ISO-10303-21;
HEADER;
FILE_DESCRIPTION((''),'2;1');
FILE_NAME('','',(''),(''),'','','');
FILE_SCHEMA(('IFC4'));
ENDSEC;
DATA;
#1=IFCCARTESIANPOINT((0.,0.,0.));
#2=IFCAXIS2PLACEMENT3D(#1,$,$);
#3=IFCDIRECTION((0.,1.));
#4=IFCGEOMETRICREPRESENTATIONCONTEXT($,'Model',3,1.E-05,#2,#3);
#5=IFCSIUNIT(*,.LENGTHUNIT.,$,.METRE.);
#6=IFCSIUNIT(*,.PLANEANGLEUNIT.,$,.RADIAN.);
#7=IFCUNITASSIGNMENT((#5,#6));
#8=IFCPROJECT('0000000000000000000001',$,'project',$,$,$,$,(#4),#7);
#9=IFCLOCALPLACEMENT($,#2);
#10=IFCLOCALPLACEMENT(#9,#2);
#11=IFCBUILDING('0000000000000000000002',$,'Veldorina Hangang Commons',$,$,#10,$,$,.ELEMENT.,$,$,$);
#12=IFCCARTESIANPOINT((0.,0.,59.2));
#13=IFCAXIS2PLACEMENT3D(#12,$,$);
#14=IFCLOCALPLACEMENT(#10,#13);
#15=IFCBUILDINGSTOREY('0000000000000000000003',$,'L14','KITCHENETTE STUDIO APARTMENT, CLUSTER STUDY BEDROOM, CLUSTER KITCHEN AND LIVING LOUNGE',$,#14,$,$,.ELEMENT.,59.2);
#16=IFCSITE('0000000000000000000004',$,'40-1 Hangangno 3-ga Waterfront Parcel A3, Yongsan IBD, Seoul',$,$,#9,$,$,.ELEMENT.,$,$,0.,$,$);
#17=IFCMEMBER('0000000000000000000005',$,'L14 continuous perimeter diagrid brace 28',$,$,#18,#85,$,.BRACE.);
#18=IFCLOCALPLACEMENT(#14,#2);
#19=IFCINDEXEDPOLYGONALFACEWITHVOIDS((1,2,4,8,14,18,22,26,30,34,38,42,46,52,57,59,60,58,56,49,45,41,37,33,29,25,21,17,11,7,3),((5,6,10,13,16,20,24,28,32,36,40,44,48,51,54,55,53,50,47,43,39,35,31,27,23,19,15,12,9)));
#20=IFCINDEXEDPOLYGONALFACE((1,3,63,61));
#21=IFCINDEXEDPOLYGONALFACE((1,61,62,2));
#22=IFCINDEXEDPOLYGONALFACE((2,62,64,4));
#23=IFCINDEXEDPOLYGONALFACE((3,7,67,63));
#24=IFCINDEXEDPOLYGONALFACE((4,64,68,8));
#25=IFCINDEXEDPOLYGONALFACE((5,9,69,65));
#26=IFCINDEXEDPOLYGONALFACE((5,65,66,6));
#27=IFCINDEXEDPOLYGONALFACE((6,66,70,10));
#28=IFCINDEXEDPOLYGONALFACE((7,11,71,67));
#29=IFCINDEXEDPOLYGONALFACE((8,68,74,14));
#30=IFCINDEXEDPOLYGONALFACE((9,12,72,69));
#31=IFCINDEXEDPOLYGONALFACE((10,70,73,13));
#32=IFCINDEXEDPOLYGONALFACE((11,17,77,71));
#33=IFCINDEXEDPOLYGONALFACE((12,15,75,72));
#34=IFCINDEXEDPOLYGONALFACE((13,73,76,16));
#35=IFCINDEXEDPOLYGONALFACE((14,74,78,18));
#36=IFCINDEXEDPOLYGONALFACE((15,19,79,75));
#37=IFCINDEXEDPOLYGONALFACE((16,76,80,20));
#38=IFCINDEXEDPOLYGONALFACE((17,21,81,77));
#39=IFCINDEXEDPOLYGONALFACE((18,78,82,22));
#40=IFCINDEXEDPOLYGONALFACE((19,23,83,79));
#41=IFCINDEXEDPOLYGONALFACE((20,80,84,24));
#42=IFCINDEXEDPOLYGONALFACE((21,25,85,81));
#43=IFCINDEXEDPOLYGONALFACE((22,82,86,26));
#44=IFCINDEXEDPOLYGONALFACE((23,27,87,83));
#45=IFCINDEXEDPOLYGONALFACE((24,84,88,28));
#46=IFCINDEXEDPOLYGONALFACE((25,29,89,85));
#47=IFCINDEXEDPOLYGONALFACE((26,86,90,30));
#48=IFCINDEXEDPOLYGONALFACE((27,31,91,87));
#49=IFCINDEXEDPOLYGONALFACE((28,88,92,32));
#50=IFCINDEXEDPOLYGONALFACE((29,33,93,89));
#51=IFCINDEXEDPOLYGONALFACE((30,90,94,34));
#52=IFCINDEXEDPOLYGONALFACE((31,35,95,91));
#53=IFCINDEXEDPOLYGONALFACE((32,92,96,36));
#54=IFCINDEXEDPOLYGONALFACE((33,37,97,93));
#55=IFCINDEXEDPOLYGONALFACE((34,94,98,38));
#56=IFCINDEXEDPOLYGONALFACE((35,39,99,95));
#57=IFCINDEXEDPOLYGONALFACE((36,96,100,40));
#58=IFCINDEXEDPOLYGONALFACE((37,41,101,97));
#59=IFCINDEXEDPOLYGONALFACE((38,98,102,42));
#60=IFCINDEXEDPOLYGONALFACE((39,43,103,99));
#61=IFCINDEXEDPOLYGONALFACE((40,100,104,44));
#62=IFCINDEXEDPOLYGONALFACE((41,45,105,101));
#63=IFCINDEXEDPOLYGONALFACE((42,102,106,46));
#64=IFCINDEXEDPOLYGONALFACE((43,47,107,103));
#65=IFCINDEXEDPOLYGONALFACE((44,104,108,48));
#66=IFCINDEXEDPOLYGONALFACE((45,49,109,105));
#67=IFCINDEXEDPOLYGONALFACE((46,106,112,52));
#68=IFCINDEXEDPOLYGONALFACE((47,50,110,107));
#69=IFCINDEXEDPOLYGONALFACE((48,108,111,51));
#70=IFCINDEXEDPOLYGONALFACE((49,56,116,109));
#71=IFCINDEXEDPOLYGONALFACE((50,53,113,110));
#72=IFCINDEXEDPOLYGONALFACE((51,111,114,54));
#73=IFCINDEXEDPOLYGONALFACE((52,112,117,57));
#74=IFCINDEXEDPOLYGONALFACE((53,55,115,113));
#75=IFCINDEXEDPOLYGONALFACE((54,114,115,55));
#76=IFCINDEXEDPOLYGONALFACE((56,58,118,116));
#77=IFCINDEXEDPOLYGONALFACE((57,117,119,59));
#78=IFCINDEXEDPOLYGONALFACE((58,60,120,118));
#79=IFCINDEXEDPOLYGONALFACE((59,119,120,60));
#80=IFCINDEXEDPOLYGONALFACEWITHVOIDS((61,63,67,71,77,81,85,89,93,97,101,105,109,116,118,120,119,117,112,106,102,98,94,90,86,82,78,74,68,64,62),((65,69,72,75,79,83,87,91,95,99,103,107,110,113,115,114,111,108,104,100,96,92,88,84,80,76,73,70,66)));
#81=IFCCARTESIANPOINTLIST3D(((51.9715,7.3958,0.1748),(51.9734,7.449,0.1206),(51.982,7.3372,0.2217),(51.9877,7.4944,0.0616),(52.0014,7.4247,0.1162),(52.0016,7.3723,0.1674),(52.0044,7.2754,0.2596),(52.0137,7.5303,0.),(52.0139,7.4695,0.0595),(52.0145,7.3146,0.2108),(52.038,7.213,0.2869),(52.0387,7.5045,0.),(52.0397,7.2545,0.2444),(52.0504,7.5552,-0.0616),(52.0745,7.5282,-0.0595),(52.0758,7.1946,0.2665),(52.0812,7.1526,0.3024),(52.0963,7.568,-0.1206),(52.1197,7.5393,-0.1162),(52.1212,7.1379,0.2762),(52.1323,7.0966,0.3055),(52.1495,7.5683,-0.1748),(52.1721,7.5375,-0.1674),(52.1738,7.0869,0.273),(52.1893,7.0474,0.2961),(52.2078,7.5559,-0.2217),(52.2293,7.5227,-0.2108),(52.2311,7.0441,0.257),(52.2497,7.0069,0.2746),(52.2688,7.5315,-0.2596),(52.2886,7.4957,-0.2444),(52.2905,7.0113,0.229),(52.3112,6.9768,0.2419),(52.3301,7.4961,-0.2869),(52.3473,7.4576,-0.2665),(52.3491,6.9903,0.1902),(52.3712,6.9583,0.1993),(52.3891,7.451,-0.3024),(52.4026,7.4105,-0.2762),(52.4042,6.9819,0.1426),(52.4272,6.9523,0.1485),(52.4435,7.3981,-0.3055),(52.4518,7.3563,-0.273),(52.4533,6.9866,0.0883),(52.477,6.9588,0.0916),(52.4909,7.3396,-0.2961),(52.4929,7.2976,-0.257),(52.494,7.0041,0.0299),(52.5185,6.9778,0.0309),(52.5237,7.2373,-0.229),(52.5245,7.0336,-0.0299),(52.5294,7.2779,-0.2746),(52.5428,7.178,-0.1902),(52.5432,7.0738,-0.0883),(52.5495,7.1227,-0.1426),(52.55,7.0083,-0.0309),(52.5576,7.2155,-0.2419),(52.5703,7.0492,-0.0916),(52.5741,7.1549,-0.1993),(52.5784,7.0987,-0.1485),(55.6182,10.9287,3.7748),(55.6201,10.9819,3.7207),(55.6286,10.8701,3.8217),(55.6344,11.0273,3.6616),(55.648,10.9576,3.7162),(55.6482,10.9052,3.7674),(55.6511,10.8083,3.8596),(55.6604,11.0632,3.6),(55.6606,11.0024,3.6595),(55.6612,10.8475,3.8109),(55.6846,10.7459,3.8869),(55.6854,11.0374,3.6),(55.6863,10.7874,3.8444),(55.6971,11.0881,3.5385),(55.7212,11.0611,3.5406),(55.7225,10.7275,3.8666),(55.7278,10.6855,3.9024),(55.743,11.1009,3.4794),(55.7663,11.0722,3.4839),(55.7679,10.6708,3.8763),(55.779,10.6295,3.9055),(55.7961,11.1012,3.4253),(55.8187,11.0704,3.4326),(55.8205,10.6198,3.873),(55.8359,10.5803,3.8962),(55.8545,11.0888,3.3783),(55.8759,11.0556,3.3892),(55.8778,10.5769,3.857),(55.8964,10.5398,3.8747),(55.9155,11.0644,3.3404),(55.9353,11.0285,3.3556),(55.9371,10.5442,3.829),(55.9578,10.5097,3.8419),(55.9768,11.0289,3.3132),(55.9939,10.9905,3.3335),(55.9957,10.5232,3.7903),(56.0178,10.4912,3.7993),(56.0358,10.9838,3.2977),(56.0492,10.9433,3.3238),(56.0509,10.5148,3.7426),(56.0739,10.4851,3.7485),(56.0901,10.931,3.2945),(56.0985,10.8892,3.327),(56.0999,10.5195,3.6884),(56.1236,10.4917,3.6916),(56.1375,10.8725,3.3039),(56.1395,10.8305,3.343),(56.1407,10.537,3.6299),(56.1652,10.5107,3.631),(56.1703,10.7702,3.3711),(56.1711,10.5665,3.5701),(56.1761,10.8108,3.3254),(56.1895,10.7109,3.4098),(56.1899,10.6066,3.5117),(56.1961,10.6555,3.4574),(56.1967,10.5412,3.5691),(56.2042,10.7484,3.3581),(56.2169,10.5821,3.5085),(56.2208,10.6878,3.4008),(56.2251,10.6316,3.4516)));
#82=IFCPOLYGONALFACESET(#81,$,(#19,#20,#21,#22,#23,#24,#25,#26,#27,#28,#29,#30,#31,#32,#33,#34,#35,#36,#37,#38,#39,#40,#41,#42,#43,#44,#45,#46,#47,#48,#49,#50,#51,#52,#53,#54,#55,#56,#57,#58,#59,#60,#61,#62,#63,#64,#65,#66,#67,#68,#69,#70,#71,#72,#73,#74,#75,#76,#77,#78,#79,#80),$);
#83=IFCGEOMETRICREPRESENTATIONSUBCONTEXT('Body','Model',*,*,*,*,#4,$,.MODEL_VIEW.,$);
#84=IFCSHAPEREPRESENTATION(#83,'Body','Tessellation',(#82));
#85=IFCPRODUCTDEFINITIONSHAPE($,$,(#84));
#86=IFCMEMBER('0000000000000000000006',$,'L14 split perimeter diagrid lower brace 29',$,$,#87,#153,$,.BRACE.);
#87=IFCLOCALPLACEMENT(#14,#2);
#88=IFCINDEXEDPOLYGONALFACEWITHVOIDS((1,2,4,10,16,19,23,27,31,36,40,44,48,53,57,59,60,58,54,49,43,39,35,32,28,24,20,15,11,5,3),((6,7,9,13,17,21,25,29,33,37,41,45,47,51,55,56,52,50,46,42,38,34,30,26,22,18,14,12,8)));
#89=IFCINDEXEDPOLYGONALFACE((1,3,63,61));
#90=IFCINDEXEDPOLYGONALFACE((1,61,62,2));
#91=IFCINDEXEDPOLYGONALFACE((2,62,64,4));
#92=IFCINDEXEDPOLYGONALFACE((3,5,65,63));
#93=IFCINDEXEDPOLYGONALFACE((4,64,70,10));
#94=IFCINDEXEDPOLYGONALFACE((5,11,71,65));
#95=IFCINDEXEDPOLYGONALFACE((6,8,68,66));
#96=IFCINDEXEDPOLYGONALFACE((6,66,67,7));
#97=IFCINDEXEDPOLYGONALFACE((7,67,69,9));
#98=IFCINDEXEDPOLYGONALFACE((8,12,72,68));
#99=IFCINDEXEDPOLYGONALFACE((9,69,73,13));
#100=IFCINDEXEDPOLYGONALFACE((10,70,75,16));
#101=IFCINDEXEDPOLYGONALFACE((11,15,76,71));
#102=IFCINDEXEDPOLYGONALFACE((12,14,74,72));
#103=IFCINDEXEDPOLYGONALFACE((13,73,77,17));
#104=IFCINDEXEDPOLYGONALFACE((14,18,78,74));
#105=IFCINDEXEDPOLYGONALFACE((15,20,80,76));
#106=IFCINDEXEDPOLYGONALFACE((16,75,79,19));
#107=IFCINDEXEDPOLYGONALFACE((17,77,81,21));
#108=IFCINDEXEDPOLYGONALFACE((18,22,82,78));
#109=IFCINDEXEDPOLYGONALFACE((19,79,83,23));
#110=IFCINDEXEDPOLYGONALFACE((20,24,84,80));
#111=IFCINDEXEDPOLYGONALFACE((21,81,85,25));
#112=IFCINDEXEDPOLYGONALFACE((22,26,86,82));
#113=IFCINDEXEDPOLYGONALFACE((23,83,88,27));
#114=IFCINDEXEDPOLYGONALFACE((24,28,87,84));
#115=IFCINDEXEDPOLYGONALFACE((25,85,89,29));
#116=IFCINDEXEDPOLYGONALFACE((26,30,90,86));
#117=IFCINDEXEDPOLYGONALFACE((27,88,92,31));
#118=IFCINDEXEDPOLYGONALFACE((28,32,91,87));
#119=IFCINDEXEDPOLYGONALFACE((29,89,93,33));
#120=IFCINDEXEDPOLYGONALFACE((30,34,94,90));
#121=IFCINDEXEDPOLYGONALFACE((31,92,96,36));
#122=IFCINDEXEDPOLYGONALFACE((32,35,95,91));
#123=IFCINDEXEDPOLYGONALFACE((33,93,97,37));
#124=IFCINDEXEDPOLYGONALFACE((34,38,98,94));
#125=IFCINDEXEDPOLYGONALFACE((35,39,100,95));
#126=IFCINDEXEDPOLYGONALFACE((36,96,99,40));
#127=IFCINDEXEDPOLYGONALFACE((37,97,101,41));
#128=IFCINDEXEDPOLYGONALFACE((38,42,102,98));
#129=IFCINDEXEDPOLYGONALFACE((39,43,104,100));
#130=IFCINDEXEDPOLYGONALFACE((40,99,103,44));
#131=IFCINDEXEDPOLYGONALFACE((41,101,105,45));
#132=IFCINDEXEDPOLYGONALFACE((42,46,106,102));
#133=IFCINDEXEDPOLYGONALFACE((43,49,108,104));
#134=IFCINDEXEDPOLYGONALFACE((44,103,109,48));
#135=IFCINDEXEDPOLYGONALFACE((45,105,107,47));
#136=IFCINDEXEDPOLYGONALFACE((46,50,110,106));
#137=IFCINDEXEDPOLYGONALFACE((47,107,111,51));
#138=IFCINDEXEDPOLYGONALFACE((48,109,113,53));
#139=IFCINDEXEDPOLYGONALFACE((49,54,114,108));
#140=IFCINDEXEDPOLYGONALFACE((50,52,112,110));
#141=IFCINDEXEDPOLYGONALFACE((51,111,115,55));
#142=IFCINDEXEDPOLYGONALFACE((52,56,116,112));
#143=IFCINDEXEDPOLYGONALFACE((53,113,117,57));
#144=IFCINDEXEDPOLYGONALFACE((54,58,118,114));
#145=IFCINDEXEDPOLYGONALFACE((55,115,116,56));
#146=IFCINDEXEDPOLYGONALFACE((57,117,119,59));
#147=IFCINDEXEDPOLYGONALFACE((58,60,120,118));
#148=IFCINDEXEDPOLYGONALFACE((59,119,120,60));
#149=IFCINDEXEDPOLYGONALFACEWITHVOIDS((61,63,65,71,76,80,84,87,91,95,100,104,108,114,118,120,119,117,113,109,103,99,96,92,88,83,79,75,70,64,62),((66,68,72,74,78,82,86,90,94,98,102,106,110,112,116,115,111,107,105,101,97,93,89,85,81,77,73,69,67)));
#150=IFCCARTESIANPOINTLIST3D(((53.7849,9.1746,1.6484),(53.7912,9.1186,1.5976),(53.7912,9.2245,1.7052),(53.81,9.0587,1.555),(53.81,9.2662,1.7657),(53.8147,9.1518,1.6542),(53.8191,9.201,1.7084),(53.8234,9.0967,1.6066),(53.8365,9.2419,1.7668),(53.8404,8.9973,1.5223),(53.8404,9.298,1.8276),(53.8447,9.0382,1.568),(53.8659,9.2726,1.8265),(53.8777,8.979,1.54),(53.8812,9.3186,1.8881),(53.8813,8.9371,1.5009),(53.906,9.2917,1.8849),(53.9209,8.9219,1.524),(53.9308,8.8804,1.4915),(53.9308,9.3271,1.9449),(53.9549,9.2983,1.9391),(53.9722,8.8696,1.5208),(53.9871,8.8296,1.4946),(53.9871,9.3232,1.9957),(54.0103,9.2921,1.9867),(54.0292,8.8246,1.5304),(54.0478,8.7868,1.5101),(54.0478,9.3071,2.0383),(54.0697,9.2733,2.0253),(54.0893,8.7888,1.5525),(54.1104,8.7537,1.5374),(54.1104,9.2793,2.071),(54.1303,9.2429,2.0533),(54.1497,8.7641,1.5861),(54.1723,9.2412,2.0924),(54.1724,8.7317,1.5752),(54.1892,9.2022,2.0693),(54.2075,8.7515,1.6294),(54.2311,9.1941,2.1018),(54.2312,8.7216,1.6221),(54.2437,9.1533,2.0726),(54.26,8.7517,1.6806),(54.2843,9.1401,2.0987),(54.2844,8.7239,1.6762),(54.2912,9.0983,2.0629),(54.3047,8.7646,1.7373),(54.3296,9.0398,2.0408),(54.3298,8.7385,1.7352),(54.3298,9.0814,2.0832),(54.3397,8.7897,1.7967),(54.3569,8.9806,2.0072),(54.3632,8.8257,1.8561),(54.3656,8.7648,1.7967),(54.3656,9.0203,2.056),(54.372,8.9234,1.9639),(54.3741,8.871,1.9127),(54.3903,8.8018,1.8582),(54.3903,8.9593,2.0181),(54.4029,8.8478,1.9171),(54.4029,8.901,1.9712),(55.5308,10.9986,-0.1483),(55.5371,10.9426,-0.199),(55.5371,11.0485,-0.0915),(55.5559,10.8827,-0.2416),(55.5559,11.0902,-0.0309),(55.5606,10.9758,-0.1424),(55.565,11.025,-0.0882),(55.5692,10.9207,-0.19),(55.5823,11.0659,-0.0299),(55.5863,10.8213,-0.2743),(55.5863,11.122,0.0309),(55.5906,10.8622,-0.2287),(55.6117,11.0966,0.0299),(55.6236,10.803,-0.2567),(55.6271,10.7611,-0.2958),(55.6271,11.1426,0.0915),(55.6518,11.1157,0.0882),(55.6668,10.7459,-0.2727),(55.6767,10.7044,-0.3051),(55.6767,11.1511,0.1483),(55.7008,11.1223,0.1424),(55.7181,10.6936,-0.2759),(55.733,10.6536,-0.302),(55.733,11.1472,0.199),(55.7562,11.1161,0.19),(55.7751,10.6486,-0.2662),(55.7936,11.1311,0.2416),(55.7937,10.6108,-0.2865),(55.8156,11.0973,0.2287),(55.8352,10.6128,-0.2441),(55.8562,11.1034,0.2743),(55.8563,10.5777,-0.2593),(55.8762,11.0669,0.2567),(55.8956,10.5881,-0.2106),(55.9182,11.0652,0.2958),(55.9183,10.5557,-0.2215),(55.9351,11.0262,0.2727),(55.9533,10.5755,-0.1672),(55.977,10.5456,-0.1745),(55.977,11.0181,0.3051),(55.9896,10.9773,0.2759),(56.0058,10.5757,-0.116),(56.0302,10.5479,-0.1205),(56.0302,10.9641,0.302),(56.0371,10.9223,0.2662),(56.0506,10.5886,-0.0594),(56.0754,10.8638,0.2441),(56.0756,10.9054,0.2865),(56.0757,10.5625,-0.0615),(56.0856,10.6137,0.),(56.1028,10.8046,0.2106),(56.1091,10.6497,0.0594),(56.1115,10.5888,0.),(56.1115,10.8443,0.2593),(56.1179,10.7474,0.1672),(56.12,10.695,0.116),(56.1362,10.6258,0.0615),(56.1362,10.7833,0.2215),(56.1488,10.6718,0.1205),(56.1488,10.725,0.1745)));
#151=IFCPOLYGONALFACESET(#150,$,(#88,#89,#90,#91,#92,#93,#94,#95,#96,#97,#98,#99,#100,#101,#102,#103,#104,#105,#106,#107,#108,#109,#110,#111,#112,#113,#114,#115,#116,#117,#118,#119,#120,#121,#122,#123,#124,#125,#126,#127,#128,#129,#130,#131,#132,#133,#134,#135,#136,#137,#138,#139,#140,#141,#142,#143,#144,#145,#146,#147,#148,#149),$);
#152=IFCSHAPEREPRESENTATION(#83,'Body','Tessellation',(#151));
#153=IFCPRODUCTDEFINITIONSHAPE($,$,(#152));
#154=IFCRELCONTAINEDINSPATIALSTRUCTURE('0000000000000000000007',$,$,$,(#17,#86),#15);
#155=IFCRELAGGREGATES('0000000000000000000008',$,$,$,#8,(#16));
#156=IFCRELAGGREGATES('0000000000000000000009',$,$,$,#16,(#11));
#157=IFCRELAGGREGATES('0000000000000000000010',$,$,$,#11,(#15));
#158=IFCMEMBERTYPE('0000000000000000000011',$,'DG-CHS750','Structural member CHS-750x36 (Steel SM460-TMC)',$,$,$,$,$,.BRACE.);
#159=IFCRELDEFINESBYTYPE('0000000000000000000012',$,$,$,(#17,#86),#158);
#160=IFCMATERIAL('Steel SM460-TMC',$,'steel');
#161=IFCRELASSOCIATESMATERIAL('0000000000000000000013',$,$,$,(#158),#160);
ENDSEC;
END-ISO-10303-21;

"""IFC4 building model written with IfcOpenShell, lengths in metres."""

from ifc_helpers import new_model, si_unit, direction, frame, origin, origin_2d, place, context, subcontext, project, spatial, hollow_circle, extrude, material, material_profile, profile_set, type_object, element, save


model = new_model("IFC4")

# Units and contexts
model_context = context("Model", 3, precision=1e-05, world=origin(), true_north=direction((0.0, 1.0)))
body_context = subcontext(model_context, "Body", "Model", "MODEL_VIEW")
ifc_project = project(units=[si_unit("LENGTHUNIT", "METRE"), si_unit("PLANEANGLEUNIT", "RADIAN")], contexts=[model_context])

# Site, building, storey
site_placement = place(None, origin())
site = spatial("IfcSite", under=ifc_project, at=site_placement, Name="40-1 Hangangno 3-ga Waterfront Parcel A3, Yongsan IBD, Seoul", CompositionType="ELEMENT", RefElevation=0.0)
building_placement = place(site_placement, origin())
building = spatial("IfcBuilding", under=site, at=building_placement, Name="Veldorina Hangang Commons", CompositionType="ELEMENT")
storey_placement = place(building_placement, frame((0.0, 0.0, 59.2)))
storey = spatial("IfcBuildingStorey", under=building, at=storey_placement, Name="L14", Description="KITCHENETTE STUDIO APARTMENT, CLUSTER STUDY BEDROOM, CLUSTER KITCHEN AND LIVING LOUNGE", CompositionType="ELEMENT", Elevation=59.2)

# Shared definitions
ifc_material_1 = material(Name="Steel SM460-TMC", Category="steel")

# Members
ifc_material_profile_1 = material_profile(ifc_material_1, hollow_circle(Radius=0.375, WallThickness=0.0359, at=origin_2d()), Name="CHS-750x36")
ifc_profile_set_1 = profile_set([ifc_material_profile_1], Name="Steel SM460-TMC")
member_type_1 = type_object("IfcMemberType", Name="DG-CHS750", Description="Structural member CHS-750x36 (Steel SM460-TMC)", PredefinedType="BRACE", material=ifc_profile_set_1)
member_1_placement = place(storey_placement, frame((52.2747, 7.261, 0.0), z_axis=(0.585892, 0.567613, 0.5784), x_axis=(-0.695815, 0.718221, 0.0)))
element("IfcMember", 1, at=member_1_placement, inside=storey, type_object=member_type_1, Name="L14 continuous perimeter diagrid brace 28", PredefinedType="BRACE", context=body_context, shape_type="SweptSolid", body=[
    extrude(hollow_circle(Radius=0.375, WallThickness=0.0359, at=origin_2d()), origin(), (0.0, 0.0, 1.0), 6.2241),
])
member_2_placement = place(storey_placement, frame((55.8406, 10.8481, 0.0), z_axis=(-0.56339, -0.588601, 0.579777), x_axis=(0.722409, -0.691466, 0.0)))
element("IfcMember", 2, at=member_2_placement, inside=storey, type_object=member_type_1, Name="L14 split perimeter diagrid lower brace 29", PredefinedType="BRACE", context=body_context, shape_type="SweptSolid", body=[
    extrude(hollow_circle(Radius=0.375, WallThickness=0.0359, at=origin_2d()), origin(), (0.0, 0.0, 1.0), 3.0989),
])

save(model, "model.ifc")
